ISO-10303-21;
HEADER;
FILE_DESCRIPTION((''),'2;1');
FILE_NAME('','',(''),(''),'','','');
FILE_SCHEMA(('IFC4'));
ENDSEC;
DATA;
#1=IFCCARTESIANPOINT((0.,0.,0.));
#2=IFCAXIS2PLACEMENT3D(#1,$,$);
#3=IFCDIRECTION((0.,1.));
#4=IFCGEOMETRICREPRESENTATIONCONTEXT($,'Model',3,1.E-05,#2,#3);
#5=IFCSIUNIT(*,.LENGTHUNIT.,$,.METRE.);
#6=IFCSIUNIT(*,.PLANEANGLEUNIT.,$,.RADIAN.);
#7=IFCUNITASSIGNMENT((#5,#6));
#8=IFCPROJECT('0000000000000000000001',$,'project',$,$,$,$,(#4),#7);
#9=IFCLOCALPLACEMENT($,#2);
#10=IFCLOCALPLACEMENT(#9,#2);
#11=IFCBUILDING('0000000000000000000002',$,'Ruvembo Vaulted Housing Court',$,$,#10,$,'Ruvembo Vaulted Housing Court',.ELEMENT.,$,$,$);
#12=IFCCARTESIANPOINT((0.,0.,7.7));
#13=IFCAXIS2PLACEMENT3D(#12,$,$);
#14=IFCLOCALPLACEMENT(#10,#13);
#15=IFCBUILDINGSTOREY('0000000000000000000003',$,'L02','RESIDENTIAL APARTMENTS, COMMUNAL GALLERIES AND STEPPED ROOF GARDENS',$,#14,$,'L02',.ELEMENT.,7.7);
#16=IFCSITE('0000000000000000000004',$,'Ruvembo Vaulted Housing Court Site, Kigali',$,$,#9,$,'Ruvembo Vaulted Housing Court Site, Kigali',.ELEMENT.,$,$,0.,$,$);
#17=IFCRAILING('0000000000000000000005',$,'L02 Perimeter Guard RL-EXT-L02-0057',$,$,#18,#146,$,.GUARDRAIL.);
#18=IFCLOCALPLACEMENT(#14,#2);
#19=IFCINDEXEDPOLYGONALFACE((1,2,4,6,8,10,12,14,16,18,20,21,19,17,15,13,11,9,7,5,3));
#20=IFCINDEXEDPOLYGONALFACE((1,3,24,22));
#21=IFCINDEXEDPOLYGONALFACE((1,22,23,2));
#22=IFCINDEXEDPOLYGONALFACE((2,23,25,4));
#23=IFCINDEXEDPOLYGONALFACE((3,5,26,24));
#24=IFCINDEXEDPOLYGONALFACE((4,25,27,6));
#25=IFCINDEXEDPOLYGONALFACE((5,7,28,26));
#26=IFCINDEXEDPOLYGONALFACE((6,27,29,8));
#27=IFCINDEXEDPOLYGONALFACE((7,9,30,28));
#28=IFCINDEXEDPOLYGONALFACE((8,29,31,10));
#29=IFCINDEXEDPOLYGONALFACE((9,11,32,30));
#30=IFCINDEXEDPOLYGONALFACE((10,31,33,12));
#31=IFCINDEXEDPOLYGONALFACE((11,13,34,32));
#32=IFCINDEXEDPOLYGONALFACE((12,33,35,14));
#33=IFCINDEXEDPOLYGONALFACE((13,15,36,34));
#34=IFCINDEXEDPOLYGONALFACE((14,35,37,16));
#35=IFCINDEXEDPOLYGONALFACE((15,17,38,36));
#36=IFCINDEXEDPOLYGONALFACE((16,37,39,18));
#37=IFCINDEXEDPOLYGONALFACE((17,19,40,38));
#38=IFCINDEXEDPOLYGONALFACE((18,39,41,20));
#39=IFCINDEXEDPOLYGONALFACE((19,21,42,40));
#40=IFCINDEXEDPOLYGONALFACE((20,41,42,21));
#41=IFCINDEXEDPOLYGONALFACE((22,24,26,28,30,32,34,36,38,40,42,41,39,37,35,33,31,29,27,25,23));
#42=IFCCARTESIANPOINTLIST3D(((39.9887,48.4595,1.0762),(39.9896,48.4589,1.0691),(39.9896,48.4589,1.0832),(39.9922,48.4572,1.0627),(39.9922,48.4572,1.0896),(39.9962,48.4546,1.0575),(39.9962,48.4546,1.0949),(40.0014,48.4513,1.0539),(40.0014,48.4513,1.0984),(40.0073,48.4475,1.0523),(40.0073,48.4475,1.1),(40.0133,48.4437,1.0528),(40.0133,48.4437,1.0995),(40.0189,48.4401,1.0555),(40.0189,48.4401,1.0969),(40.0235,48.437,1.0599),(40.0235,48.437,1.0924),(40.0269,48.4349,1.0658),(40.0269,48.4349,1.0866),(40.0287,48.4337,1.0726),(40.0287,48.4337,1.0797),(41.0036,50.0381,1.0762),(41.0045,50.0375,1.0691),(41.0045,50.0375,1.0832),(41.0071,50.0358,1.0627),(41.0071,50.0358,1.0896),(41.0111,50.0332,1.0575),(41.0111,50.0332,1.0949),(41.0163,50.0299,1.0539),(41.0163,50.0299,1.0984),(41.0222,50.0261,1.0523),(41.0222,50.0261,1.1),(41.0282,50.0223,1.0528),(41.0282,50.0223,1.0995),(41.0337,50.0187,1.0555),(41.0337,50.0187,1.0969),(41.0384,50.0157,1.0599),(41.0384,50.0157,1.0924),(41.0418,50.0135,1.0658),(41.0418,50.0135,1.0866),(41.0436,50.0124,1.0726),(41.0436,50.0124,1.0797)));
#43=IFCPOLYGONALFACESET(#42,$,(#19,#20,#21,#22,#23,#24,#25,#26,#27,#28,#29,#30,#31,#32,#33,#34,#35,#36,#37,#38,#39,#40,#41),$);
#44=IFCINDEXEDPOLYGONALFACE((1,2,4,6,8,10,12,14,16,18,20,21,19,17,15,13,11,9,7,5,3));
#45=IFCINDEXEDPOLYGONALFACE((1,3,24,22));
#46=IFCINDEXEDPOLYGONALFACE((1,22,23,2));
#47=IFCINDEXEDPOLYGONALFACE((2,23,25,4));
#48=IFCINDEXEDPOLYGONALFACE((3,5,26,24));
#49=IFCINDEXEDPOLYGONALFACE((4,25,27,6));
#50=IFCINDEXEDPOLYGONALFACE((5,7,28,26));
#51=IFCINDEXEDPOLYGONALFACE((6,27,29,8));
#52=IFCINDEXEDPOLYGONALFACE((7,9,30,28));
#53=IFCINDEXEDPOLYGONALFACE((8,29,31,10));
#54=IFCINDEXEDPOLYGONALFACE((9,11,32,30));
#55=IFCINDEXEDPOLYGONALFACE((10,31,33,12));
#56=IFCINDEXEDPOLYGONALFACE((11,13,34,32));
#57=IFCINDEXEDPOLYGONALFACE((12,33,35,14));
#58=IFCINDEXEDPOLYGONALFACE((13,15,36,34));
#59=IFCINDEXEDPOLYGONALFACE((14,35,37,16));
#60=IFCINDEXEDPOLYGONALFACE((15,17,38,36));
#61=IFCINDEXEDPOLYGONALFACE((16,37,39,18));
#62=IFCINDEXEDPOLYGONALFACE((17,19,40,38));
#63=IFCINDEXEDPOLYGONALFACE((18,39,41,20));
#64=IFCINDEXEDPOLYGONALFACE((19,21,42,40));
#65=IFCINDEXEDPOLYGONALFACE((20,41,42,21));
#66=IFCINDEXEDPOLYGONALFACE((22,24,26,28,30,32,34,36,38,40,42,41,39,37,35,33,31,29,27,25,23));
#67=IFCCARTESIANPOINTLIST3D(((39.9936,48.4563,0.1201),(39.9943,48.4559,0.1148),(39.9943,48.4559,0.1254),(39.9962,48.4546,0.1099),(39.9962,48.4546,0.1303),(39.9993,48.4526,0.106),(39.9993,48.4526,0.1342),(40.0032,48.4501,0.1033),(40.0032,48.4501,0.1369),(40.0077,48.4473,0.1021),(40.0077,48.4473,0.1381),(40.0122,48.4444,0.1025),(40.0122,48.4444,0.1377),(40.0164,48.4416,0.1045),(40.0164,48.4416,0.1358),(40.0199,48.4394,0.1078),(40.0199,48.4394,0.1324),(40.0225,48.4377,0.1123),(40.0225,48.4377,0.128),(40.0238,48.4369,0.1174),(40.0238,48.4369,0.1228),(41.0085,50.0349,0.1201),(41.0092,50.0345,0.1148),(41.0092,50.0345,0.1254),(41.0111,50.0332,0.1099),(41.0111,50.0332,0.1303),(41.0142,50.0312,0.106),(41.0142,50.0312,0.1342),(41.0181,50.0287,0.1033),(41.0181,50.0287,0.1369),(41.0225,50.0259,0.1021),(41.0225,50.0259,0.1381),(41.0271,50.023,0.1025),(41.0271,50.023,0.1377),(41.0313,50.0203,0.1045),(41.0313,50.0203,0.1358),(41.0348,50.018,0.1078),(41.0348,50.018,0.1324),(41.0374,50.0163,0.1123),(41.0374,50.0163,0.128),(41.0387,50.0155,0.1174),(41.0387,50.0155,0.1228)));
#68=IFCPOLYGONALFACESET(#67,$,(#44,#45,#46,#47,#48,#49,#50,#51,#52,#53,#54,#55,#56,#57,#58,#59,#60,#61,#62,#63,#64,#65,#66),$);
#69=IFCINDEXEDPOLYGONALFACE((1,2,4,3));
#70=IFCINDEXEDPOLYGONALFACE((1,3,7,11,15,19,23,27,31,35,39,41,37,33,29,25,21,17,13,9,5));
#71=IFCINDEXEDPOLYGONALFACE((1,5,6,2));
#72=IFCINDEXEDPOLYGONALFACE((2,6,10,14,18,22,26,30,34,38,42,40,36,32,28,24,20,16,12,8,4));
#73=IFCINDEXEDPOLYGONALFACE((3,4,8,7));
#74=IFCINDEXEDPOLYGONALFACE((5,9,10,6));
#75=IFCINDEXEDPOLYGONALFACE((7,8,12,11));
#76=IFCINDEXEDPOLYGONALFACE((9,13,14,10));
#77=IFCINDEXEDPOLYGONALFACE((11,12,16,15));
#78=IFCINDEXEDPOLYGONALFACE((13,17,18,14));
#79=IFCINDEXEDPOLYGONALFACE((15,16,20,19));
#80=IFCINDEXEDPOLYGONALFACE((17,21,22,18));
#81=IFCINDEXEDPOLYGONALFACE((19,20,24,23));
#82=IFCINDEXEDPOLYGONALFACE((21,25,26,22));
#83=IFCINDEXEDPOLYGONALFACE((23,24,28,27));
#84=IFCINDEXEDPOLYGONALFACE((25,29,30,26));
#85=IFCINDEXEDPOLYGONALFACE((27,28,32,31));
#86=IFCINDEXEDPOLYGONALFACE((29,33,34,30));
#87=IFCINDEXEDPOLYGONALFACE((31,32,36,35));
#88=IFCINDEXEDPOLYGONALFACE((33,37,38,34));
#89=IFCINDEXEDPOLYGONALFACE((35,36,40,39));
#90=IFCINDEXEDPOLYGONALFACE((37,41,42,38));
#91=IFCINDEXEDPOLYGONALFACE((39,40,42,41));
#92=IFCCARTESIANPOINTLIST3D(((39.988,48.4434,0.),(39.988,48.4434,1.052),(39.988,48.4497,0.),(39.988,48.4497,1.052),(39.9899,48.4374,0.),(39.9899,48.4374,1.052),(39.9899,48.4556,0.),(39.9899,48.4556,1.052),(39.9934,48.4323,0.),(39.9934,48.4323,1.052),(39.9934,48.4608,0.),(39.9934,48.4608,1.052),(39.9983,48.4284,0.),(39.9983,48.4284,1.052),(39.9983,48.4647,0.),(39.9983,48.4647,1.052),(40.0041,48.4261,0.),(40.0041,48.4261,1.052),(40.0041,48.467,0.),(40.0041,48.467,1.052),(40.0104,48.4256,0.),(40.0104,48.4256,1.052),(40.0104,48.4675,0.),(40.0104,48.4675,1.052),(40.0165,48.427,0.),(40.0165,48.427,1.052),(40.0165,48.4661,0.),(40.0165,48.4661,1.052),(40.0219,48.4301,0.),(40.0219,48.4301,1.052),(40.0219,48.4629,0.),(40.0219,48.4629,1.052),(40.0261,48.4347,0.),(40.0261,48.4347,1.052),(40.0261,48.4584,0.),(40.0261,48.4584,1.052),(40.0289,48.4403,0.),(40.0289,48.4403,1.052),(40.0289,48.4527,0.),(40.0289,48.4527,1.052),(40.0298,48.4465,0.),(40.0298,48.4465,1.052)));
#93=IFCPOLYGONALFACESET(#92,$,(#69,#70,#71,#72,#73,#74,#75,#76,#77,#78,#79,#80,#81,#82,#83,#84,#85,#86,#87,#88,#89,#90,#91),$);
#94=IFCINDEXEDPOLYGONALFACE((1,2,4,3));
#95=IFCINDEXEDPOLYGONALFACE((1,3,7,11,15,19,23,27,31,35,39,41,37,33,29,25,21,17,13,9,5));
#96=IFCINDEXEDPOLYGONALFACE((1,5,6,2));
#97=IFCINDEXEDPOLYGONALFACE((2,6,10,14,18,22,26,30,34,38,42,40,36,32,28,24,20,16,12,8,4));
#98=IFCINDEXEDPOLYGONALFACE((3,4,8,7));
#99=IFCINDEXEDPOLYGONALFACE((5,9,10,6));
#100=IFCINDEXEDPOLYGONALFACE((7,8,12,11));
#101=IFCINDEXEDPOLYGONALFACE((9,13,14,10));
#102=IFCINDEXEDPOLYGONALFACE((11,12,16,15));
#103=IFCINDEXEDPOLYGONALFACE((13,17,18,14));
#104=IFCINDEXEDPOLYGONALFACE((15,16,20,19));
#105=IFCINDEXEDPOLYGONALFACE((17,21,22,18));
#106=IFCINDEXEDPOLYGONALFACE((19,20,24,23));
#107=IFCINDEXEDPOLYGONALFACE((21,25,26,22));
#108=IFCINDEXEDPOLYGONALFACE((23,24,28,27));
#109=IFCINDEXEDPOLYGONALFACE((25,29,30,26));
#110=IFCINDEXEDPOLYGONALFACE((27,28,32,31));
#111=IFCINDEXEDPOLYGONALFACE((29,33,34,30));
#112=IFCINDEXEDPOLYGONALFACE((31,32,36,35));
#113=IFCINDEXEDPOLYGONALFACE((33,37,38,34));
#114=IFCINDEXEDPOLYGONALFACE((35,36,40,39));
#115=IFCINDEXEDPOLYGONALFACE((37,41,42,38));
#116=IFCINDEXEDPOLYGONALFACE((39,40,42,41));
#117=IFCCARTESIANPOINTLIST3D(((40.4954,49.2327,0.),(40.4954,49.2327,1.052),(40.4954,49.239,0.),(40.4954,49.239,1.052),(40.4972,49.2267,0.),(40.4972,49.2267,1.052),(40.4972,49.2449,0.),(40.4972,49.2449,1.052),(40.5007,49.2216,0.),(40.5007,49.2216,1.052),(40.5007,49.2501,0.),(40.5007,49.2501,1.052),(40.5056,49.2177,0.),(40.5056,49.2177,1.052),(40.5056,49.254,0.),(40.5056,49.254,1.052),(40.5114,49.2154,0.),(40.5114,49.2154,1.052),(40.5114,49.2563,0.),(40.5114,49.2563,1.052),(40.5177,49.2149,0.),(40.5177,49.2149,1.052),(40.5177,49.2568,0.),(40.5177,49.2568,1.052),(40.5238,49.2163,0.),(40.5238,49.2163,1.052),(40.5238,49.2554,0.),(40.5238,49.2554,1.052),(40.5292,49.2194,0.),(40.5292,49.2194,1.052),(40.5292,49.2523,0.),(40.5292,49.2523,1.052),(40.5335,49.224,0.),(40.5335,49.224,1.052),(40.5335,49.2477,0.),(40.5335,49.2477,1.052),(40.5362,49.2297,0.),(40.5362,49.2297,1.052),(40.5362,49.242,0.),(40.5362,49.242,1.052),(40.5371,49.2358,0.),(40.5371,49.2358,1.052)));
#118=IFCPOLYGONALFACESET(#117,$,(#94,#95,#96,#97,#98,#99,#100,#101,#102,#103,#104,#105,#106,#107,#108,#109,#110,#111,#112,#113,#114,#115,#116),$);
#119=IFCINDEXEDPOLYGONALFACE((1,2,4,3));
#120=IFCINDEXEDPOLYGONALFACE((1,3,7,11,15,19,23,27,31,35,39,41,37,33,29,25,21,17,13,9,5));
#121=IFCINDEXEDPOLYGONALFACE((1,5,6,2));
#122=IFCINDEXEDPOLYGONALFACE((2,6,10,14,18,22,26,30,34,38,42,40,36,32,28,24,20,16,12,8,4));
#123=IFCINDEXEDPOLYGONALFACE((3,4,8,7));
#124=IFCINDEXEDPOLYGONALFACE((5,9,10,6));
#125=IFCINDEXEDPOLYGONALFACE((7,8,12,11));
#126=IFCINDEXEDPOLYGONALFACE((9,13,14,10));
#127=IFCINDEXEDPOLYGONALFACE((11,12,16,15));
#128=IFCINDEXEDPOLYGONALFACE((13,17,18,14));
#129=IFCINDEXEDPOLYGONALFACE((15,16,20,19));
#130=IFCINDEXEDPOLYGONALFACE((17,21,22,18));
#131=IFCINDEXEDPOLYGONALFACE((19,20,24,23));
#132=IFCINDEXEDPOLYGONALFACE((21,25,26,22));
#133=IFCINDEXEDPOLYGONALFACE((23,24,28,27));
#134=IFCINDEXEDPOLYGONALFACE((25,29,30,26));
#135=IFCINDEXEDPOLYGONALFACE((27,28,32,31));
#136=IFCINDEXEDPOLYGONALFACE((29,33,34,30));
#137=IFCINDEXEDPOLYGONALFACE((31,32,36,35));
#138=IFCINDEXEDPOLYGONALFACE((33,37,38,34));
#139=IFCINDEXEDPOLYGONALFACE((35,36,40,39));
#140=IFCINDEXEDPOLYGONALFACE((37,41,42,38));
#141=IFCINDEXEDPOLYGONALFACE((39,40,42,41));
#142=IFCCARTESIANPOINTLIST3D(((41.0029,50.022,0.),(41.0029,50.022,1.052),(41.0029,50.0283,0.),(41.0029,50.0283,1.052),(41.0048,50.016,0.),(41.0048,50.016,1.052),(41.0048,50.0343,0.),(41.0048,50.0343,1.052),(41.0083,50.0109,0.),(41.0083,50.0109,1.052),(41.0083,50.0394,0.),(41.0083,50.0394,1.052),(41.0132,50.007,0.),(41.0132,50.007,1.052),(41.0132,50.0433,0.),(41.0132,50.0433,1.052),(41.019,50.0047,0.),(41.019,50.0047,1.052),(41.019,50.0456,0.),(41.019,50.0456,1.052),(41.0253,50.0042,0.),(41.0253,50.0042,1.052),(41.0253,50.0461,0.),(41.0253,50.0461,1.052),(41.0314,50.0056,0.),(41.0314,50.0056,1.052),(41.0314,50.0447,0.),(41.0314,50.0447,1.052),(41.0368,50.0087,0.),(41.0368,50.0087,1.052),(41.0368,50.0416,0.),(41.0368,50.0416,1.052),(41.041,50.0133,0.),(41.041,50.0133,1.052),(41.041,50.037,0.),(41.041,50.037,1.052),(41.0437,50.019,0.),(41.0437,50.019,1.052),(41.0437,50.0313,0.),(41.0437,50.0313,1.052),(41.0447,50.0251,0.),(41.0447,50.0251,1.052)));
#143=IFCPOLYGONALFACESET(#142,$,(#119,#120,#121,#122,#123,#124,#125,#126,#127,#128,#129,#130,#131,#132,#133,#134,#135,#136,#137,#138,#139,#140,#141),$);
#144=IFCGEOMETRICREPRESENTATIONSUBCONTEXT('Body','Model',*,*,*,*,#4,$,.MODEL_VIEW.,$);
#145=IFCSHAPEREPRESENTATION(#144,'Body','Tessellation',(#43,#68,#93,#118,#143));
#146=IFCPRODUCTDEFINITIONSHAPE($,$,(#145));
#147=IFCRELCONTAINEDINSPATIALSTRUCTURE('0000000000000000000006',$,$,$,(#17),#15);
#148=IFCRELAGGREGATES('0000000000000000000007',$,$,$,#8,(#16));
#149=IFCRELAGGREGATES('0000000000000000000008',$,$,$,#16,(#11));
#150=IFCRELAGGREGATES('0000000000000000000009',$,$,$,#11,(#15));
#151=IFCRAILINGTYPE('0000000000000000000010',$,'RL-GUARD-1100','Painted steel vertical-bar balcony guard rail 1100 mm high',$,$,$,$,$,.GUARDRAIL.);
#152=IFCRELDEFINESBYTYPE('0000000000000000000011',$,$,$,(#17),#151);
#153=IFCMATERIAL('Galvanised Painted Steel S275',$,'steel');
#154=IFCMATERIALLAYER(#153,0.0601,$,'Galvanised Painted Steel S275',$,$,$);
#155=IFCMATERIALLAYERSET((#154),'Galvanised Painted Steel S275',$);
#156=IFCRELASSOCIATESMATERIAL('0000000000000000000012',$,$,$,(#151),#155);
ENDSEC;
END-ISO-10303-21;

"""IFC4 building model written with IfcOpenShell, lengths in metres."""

from ifc_helpers import new_model, si_unit, direction, frame, origin, origin_2d, place, context, subcontext, project, spatial, circle, extrude, material, layer, layer_set, type_object, element, save


model = new_model("IFC4")

# Units and contexts
model_context = context("Model", 3, precision=1e-05, world=origin(), true_north=direction((0.0, 1.0)))
body_context = subcontext(model_context, "Body", "Model", "MODEL_VIEW")
ifc_project = project(units=[si_unit("LENGTHUNIT", "METRE"), si_unit("PLANEANGLEUNIT", "RADIAN")], contexts=[model_context])

# Site, building, storey
site_placement = place(None, origin())
site = spatial("IfcSite", under=ifc_project, at=site_placement, Name="Ruvembo Vaulted Housing Court Site, Kigali", LongName="Ruvembo Vaulted Housing Court Site, Kigali", CompositionType="ELEMENT", RefElevation=0.0)
building_placement = place(site_placement, origin())
building = spatial("IfcBuilding", under=site, at=building_placement, Name="Ruvembo Vaulted Housing Court", LongName="Ruvembo Vaulted Housing Court", CompositionType="ELEMENT")
storey_placement = place(building_placement, frame((0.0, 0.0, 7.7)))
storey = spatial("IfcBuildingStorey", under=building, at=storey_placement, Name="L02", Description="RESIDENTIAL APARTMENTS, COMMUNAL GALLERIES AND STEPPED ROOF GARDENS", LongName="L02", CompositionType="ELEMENT", Elevation=7.7)

# Railing
ifc_material_1 = material(Name="Galvanised Painted Steel S275", Category="steel")
ifc_layer = layer(ifc_material_1, 0.0601, Name="Galvanised Painted Steel S275")
ifc_layer_set = layer_set([ifc_layer], Name="Galvanised Painted Steel S275")
railing_type = type_object("IfcRailingType", Name="RL-GUARD-1100", Description="Painted steel vertical-bar balcony guard rail 1100 mm high", PredefinedType="GUARDRAIL", material=ifc_layer_set)
railing_1_placement = place(storey_placement, frame((40.0088, 48.4465, 0.0)))
element("IfcRailing", 1, at=railing_1_placement, inside=storey, type_object=railing_type, Name="L02 Perimeter Guard RL-EXT-L02-0057", PredefinedType="GUARDRAIL", context=body_context, shape_type="SweptSolid", body=[
    extrude(circle(Radius=0.0239, at=origin_2d()), frame((0.0, 0.0, 1.0762), z_axis=(0.540784, 0.841162, 0.0), x_axis=(-0.841162, 0.540784, 0.0)), (0.0, 0.0, 1.0), 1.8767),
    extrude(circle(Radius=0.0181, at=origin_2d()), frame((0.0, 0.0, 0.1201), z_axis=(0.540784, 0.841162, 0.0), x_axis=(-0.841162, 0.540784, 0.0)), (0.0, 0.0, 1.0), 1.8767),
    extrude(circle(Radius=0.021, at=origin_2d()), origin(), (0.0, 0.0, 1.0), 1.052),
    extrude(circle(Radius=0.021, at=origin_2d()), frame((0.5073, 0.7893, 0.0)), (0.0, 0.0, 1.0), 1.052),
    extrude(circle(Radius=0.021, at=origin_2d()), frame((1.0149, 1.5786, 0.0)), (0.0, 0.0, 1.0), 1.052),
])

save(model, "model.ifc")
